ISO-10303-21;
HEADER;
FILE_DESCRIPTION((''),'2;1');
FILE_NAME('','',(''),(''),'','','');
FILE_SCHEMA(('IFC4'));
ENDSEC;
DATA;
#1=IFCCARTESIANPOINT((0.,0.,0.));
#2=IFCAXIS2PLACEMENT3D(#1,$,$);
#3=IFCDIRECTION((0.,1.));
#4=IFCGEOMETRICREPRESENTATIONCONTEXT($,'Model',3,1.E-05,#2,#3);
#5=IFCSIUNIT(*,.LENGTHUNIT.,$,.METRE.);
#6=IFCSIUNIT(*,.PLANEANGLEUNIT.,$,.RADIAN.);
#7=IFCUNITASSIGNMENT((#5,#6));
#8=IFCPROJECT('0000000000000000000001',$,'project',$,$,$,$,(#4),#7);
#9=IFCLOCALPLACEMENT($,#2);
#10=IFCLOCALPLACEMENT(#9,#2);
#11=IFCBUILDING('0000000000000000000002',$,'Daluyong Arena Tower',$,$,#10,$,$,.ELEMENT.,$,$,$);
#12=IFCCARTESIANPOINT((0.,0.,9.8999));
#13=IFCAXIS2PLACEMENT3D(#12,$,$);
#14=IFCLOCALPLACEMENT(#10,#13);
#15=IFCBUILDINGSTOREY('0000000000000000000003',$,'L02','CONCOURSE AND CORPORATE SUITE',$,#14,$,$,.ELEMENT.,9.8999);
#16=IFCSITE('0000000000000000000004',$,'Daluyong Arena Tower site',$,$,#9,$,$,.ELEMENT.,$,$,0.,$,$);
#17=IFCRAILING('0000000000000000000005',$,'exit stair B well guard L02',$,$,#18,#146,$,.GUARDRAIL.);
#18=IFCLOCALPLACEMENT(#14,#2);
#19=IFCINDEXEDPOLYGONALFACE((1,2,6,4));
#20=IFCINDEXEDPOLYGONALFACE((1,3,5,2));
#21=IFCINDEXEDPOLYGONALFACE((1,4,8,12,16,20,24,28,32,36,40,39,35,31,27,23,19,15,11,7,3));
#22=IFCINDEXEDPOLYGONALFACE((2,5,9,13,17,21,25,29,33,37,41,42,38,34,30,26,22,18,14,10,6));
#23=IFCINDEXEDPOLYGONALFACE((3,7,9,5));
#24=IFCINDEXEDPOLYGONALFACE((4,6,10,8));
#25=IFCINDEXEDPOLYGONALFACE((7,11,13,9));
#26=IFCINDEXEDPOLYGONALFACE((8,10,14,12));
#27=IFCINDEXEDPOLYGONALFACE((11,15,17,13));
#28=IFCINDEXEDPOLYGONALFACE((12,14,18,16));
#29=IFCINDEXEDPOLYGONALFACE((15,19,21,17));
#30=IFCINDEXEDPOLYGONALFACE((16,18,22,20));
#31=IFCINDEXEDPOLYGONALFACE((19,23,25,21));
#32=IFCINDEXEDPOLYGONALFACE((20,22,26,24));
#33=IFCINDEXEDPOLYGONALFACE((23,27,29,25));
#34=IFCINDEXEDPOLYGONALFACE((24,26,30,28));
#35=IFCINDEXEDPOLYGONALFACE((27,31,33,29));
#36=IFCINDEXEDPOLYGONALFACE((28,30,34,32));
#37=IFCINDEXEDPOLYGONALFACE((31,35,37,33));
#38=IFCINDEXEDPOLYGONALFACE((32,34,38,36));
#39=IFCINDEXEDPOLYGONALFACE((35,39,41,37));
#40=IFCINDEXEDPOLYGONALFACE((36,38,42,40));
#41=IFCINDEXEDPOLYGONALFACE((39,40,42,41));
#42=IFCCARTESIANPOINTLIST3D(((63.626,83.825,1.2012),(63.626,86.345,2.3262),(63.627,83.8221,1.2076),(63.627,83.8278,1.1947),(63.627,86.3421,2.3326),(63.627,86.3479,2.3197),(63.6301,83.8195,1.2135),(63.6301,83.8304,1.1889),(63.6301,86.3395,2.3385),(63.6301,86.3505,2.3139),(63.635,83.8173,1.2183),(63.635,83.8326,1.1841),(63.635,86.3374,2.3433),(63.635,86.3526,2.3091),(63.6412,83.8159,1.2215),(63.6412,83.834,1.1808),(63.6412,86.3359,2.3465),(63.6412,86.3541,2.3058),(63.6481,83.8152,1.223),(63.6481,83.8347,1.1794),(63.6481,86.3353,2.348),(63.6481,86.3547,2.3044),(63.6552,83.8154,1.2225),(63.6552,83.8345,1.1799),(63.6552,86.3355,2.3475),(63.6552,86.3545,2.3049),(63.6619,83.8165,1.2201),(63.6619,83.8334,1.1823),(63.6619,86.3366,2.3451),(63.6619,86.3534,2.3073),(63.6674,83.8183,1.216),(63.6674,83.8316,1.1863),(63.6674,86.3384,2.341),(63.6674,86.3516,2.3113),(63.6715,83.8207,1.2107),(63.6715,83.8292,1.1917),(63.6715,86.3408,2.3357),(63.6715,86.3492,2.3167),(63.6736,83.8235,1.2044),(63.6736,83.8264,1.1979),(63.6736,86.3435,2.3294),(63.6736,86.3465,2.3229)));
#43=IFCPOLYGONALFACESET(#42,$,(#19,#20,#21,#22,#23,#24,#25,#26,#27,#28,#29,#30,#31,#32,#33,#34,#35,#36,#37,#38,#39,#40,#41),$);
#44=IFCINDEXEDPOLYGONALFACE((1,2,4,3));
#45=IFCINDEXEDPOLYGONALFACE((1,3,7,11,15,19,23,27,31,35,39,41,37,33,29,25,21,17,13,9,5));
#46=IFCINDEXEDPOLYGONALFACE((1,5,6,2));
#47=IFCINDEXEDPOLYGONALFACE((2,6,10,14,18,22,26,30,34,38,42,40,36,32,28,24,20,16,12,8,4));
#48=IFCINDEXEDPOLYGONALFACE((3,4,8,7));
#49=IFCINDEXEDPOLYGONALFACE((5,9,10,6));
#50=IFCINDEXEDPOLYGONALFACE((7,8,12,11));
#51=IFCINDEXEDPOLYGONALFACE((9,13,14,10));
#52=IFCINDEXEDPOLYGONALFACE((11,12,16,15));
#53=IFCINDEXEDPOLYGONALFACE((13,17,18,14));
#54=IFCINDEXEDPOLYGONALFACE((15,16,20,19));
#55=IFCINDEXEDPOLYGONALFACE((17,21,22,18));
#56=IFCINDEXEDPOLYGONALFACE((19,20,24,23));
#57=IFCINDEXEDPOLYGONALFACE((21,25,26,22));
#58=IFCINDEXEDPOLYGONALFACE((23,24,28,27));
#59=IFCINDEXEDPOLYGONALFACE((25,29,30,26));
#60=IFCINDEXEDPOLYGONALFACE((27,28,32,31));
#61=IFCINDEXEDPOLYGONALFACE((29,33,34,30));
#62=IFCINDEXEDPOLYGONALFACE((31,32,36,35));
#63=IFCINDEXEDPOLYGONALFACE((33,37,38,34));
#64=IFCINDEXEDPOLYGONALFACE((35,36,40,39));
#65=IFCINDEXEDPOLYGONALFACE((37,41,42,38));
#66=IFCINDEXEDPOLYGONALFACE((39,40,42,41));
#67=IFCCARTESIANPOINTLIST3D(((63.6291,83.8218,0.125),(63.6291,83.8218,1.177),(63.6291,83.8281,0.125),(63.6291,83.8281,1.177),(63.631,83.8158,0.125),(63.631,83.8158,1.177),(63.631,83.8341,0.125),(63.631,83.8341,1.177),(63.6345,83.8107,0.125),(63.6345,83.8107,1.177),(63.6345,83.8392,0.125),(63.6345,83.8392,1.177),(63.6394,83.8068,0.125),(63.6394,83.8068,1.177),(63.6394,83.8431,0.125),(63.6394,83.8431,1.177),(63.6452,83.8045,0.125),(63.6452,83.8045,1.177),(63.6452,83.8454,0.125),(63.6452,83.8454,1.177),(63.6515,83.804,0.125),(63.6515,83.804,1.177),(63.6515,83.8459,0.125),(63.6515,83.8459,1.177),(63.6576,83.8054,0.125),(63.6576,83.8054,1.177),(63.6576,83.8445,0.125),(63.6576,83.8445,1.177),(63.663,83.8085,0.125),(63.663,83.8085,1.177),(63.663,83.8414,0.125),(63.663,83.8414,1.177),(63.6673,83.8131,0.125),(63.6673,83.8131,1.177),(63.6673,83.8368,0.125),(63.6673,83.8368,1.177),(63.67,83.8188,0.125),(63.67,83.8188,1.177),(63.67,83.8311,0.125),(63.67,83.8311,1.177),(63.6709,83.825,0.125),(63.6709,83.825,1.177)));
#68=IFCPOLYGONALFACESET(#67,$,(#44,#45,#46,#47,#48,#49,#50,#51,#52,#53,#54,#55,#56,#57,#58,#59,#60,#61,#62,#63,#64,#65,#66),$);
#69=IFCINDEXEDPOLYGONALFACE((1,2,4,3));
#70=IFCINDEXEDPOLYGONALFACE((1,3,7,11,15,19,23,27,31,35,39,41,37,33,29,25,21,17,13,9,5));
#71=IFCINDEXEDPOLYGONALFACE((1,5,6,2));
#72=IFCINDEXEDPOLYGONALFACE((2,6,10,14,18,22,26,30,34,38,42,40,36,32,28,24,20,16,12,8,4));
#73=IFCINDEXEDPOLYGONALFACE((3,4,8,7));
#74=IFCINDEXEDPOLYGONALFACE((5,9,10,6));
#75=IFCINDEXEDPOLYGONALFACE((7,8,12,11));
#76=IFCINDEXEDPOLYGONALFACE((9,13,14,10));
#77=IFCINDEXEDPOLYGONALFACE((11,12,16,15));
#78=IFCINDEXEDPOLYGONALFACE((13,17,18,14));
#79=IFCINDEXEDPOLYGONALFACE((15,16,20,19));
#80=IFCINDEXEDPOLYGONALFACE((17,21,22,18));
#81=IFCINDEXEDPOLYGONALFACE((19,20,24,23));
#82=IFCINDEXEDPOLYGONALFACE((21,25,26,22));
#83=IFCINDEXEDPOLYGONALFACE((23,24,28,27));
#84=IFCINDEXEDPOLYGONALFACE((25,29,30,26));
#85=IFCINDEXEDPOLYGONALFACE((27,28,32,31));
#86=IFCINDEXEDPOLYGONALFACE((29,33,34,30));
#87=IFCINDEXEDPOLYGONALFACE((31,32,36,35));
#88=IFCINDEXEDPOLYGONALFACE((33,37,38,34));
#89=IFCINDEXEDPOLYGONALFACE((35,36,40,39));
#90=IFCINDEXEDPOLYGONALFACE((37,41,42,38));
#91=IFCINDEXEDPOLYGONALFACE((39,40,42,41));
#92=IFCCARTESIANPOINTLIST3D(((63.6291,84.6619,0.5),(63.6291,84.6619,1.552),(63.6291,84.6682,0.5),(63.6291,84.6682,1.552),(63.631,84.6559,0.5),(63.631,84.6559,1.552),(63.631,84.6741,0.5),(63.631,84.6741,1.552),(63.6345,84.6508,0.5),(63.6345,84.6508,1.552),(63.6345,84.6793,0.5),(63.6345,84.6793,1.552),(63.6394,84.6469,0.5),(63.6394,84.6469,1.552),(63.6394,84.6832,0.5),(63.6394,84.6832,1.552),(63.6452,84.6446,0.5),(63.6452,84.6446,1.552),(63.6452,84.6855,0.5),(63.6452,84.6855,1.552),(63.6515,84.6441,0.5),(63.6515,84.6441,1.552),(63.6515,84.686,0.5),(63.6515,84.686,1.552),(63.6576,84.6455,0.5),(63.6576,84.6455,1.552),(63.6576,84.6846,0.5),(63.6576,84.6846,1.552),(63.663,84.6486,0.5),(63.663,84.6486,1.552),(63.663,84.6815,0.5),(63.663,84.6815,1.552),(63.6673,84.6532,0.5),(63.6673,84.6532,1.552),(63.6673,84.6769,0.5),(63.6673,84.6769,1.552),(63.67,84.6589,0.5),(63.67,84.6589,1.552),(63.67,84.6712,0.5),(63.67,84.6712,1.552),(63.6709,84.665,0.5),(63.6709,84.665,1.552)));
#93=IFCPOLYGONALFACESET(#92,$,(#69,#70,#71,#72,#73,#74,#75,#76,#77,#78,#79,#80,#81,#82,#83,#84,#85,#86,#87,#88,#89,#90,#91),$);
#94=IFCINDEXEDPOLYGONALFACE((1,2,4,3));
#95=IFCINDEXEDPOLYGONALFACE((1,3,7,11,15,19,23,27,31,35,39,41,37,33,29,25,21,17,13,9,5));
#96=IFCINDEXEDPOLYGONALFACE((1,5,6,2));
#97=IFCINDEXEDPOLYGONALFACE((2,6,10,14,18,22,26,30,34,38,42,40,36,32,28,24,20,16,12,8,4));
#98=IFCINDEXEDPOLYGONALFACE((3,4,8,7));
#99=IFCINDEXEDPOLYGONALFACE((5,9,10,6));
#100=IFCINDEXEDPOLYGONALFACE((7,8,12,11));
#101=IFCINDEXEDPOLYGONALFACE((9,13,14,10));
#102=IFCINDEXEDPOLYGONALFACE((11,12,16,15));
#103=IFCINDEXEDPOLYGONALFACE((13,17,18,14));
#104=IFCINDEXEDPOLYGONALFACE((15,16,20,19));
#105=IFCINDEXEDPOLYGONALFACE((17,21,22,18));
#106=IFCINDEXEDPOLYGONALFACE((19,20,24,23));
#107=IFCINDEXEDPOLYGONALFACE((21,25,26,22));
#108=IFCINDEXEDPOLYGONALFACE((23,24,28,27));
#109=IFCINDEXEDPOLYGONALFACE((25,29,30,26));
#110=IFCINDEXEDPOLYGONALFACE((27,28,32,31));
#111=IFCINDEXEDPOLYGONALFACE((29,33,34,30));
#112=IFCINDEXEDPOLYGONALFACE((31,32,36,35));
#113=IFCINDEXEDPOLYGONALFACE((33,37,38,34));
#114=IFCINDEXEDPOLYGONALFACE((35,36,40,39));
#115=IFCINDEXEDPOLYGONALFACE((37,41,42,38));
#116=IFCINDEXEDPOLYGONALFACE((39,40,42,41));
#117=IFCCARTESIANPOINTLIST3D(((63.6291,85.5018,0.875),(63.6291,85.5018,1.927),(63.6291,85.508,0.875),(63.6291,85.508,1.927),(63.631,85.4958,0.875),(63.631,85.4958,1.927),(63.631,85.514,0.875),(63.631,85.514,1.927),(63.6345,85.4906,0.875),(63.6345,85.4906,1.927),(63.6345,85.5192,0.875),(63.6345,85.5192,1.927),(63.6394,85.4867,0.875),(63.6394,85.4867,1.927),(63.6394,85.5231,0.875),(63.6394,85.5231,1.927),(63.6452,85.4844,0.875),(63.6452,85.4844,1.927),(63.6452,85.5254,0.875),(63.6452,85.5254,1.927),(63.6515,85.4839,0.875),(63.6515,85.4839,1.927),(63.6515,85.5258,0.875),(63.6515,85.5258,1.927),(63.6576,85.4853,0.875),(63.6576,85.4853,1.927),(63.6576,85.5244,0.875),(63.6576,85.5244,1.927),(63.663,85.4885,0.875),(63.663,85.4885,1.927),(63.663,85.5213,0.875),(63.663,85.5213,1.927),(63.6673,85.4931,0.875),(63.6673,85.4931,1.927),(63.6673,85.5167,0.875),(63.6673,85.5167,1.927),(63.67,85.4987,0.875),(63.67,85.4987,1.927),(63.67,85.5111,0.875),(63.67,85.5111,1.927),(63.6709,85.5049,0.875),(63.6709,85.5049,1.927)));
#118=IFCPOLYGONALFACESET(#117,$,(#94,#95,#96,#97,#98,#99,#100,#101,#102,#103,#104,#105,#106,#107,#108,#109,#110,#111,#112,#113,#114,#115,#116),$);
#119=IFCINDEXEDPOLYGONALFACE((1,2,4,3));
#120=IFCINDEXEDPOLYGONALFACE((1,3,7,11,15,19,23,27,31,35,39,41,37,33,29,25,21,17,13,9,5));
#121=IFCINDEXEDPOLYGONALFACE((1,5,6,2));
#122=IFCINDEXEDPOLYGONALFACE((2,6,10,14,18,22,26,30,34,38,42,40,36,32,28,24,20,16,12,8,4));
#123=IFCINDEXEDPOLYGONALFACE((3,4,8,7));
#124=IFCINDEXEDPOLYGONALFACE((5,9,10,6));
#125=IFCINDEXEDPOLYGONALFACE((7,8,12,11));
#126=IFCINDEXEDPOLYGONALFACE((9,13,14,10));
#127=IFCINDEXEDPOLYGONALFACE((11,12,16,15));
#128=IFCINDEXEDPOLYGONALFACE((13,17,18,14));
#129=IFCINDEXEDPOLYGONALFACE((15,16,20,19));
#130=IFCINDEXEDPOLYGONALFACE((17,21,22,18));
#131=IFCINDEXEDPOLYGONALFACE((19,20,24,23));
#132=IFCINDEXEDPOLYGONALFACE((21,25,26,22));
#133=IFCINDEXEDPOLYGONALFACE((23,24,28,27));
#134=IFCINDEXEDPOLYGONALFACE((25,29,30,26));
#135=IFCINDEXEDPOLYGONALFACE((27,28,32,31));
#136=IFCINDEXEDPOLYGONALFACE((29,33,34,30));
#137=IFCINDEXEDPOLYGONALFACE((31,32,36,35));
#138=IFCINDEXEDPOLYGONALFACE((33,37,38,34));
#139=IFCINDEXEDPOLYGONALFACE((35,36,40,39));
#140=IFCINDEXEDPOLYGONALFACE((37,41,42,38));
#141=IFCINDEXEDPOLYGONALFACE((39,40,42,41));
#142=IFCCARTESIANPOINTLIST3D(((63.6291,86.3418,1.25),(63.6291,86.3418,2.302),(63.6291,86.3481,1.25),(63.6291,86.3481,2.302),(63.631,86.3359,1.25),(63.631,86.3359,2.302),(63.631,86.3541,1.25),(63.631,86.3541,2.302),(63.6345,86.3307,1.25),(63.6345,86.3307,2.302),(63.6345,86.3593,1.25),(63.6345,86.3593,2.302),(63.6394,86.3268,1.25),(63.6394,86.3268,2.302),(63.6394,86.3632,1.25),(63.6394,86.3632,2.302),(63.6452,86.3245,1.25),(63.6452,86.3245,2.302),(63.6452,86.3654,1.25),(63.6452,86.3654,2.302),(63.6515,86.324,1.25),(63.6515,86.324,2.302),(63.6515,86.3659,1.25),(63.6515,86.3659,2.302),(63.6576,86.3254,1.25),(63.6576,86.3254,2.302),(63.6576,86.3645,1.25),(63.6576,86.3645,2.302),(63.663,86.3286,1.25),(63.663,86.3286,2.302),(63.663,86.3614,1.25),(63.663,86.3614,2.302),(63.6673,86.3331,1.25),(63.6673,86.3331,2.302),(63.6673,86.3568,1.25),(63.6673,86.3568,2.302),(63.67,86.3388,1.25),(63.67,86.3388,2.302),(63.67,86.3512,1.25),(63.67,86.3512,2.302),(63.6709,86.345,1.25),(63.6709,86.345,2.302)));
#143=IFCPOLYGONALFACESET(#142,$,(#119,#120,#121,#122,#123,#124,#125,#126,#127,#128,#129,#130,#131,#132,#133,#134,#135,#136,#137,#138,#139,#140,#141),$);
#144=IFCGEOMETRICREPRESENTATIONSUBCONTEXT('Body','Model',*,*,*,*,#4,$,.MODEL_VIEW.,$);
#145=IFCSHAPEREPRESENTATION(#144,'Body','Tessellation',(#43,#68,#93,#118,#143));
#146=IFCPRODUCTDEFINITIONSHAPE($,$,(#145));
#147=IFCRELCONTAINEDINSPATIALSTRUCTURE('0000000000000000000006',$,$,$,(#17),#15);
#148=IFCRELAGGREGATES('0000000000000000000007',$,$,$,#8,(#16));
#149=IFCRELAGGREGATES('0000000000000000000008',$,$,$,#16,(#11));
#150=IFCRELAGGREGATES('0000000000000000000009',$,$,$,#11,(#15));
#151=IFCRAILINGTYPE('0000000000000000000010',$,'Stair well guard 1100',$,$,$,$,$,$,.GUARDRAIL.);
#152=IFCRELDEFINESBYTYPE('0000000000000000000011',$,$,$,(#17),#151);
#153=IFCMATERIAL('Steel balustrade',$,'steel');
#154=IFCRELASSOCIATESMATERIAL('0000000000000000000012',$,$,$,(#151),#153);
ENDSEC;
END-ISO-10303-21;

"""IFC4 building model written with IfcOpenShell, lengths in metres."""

from ifc_helpers import new_model, si_unit, direction, frame, origin, origin_2d, place, context, subcontext, project, spatial, circle, extrude, material, type_object, element, save


model = new_model("IFC4")

# Units and contexts
model_context = context("Model", 3, precision=1e-05, world=origin(), true_north=direction((0.0, 1.0)))
body_context = subcontext(model_context, "Body", "Model", "MODEL_VIEW")
ifc_project = project(units=[si_unit("LENGTHUNIT", "METRE"), si_unit("PLANEANGLEUNIT", "RADIAN")], contexts=[model_context])

# Site, building, storey
site_placement = place(None, origin())
site = spatial("IfcSite", under=ifc_project, at=site_placement, Name="Daluyong Arena Tower site", CompositionType="ELEMENT", RefElevation=0.0)
building_placement = place(site_placement, origin())
building = spatial("IfcBuilding", under=site, at=building_placement, Name="Daluyong Arena Tower", CompositionType="ELEMENT")
storey_placement = place(building_placement, frame((0.0, 0.0, 9.8999)))
storey = spatial("IfcBuildingStorey", under=building, at=storey_placement, Name="L02", Description="CONCOURSE AND CORPORATE SUITE", CompositionType="ELEMENT", Elevation=9.8999)

# Railing
ifc_material_1 = material(Name="Steel balustrade", Category="steel")
railing_type_1 = type_object("IfcRailingType", Name="Stair well guard 1100", PredefinedType="GUARDRAIL", material=ifc_material_1)
for number, where, name in (
    (1, (63.6499, 83.825, 0.125), "exit stair B well guard L02"),
):
    element("IfcRailing", number, at=place(storey_placement, frame(where)), inside=storey, type_object=railing_type_1, Name=name, PredefinedType="GUARDRAIL", context=body_context, shape_type="SweptSolid", body=[
        extrude(circle(Radius=0.0239, at=origin_2d()), frame((0.0, 0.0, 1.0762), z_axis=(0.0, 0.913139, 0.407648), x_axis=(-1.0, 0.0, 0.0)), (0.0, 0.0, 1.0), 2.7598),
        extrude(circle(Radius=0.021, at=origin_2d()), origin(), (0.0, 0.0, 1.0), 1.052),
        extrude(circle(Radius=0.021, at=origin_2d()), frame((0.0, 0.8401, 0.375)), (0.0, 0.0, 1.0), 1.052),
        extrude(circle(Radius=0.021, at=origin_2d()), frame((0.0, 1.6799, 0.75)), (0.0, 0.0, 1.0), 1.052),
        extrude(circle(Radius=0.021, at=origin_2d()), frame((0.0, 2.52, 1.125)), (0.0, 0.0, 1.0), 1.052),
    ])

save(model, "model.ifc")
